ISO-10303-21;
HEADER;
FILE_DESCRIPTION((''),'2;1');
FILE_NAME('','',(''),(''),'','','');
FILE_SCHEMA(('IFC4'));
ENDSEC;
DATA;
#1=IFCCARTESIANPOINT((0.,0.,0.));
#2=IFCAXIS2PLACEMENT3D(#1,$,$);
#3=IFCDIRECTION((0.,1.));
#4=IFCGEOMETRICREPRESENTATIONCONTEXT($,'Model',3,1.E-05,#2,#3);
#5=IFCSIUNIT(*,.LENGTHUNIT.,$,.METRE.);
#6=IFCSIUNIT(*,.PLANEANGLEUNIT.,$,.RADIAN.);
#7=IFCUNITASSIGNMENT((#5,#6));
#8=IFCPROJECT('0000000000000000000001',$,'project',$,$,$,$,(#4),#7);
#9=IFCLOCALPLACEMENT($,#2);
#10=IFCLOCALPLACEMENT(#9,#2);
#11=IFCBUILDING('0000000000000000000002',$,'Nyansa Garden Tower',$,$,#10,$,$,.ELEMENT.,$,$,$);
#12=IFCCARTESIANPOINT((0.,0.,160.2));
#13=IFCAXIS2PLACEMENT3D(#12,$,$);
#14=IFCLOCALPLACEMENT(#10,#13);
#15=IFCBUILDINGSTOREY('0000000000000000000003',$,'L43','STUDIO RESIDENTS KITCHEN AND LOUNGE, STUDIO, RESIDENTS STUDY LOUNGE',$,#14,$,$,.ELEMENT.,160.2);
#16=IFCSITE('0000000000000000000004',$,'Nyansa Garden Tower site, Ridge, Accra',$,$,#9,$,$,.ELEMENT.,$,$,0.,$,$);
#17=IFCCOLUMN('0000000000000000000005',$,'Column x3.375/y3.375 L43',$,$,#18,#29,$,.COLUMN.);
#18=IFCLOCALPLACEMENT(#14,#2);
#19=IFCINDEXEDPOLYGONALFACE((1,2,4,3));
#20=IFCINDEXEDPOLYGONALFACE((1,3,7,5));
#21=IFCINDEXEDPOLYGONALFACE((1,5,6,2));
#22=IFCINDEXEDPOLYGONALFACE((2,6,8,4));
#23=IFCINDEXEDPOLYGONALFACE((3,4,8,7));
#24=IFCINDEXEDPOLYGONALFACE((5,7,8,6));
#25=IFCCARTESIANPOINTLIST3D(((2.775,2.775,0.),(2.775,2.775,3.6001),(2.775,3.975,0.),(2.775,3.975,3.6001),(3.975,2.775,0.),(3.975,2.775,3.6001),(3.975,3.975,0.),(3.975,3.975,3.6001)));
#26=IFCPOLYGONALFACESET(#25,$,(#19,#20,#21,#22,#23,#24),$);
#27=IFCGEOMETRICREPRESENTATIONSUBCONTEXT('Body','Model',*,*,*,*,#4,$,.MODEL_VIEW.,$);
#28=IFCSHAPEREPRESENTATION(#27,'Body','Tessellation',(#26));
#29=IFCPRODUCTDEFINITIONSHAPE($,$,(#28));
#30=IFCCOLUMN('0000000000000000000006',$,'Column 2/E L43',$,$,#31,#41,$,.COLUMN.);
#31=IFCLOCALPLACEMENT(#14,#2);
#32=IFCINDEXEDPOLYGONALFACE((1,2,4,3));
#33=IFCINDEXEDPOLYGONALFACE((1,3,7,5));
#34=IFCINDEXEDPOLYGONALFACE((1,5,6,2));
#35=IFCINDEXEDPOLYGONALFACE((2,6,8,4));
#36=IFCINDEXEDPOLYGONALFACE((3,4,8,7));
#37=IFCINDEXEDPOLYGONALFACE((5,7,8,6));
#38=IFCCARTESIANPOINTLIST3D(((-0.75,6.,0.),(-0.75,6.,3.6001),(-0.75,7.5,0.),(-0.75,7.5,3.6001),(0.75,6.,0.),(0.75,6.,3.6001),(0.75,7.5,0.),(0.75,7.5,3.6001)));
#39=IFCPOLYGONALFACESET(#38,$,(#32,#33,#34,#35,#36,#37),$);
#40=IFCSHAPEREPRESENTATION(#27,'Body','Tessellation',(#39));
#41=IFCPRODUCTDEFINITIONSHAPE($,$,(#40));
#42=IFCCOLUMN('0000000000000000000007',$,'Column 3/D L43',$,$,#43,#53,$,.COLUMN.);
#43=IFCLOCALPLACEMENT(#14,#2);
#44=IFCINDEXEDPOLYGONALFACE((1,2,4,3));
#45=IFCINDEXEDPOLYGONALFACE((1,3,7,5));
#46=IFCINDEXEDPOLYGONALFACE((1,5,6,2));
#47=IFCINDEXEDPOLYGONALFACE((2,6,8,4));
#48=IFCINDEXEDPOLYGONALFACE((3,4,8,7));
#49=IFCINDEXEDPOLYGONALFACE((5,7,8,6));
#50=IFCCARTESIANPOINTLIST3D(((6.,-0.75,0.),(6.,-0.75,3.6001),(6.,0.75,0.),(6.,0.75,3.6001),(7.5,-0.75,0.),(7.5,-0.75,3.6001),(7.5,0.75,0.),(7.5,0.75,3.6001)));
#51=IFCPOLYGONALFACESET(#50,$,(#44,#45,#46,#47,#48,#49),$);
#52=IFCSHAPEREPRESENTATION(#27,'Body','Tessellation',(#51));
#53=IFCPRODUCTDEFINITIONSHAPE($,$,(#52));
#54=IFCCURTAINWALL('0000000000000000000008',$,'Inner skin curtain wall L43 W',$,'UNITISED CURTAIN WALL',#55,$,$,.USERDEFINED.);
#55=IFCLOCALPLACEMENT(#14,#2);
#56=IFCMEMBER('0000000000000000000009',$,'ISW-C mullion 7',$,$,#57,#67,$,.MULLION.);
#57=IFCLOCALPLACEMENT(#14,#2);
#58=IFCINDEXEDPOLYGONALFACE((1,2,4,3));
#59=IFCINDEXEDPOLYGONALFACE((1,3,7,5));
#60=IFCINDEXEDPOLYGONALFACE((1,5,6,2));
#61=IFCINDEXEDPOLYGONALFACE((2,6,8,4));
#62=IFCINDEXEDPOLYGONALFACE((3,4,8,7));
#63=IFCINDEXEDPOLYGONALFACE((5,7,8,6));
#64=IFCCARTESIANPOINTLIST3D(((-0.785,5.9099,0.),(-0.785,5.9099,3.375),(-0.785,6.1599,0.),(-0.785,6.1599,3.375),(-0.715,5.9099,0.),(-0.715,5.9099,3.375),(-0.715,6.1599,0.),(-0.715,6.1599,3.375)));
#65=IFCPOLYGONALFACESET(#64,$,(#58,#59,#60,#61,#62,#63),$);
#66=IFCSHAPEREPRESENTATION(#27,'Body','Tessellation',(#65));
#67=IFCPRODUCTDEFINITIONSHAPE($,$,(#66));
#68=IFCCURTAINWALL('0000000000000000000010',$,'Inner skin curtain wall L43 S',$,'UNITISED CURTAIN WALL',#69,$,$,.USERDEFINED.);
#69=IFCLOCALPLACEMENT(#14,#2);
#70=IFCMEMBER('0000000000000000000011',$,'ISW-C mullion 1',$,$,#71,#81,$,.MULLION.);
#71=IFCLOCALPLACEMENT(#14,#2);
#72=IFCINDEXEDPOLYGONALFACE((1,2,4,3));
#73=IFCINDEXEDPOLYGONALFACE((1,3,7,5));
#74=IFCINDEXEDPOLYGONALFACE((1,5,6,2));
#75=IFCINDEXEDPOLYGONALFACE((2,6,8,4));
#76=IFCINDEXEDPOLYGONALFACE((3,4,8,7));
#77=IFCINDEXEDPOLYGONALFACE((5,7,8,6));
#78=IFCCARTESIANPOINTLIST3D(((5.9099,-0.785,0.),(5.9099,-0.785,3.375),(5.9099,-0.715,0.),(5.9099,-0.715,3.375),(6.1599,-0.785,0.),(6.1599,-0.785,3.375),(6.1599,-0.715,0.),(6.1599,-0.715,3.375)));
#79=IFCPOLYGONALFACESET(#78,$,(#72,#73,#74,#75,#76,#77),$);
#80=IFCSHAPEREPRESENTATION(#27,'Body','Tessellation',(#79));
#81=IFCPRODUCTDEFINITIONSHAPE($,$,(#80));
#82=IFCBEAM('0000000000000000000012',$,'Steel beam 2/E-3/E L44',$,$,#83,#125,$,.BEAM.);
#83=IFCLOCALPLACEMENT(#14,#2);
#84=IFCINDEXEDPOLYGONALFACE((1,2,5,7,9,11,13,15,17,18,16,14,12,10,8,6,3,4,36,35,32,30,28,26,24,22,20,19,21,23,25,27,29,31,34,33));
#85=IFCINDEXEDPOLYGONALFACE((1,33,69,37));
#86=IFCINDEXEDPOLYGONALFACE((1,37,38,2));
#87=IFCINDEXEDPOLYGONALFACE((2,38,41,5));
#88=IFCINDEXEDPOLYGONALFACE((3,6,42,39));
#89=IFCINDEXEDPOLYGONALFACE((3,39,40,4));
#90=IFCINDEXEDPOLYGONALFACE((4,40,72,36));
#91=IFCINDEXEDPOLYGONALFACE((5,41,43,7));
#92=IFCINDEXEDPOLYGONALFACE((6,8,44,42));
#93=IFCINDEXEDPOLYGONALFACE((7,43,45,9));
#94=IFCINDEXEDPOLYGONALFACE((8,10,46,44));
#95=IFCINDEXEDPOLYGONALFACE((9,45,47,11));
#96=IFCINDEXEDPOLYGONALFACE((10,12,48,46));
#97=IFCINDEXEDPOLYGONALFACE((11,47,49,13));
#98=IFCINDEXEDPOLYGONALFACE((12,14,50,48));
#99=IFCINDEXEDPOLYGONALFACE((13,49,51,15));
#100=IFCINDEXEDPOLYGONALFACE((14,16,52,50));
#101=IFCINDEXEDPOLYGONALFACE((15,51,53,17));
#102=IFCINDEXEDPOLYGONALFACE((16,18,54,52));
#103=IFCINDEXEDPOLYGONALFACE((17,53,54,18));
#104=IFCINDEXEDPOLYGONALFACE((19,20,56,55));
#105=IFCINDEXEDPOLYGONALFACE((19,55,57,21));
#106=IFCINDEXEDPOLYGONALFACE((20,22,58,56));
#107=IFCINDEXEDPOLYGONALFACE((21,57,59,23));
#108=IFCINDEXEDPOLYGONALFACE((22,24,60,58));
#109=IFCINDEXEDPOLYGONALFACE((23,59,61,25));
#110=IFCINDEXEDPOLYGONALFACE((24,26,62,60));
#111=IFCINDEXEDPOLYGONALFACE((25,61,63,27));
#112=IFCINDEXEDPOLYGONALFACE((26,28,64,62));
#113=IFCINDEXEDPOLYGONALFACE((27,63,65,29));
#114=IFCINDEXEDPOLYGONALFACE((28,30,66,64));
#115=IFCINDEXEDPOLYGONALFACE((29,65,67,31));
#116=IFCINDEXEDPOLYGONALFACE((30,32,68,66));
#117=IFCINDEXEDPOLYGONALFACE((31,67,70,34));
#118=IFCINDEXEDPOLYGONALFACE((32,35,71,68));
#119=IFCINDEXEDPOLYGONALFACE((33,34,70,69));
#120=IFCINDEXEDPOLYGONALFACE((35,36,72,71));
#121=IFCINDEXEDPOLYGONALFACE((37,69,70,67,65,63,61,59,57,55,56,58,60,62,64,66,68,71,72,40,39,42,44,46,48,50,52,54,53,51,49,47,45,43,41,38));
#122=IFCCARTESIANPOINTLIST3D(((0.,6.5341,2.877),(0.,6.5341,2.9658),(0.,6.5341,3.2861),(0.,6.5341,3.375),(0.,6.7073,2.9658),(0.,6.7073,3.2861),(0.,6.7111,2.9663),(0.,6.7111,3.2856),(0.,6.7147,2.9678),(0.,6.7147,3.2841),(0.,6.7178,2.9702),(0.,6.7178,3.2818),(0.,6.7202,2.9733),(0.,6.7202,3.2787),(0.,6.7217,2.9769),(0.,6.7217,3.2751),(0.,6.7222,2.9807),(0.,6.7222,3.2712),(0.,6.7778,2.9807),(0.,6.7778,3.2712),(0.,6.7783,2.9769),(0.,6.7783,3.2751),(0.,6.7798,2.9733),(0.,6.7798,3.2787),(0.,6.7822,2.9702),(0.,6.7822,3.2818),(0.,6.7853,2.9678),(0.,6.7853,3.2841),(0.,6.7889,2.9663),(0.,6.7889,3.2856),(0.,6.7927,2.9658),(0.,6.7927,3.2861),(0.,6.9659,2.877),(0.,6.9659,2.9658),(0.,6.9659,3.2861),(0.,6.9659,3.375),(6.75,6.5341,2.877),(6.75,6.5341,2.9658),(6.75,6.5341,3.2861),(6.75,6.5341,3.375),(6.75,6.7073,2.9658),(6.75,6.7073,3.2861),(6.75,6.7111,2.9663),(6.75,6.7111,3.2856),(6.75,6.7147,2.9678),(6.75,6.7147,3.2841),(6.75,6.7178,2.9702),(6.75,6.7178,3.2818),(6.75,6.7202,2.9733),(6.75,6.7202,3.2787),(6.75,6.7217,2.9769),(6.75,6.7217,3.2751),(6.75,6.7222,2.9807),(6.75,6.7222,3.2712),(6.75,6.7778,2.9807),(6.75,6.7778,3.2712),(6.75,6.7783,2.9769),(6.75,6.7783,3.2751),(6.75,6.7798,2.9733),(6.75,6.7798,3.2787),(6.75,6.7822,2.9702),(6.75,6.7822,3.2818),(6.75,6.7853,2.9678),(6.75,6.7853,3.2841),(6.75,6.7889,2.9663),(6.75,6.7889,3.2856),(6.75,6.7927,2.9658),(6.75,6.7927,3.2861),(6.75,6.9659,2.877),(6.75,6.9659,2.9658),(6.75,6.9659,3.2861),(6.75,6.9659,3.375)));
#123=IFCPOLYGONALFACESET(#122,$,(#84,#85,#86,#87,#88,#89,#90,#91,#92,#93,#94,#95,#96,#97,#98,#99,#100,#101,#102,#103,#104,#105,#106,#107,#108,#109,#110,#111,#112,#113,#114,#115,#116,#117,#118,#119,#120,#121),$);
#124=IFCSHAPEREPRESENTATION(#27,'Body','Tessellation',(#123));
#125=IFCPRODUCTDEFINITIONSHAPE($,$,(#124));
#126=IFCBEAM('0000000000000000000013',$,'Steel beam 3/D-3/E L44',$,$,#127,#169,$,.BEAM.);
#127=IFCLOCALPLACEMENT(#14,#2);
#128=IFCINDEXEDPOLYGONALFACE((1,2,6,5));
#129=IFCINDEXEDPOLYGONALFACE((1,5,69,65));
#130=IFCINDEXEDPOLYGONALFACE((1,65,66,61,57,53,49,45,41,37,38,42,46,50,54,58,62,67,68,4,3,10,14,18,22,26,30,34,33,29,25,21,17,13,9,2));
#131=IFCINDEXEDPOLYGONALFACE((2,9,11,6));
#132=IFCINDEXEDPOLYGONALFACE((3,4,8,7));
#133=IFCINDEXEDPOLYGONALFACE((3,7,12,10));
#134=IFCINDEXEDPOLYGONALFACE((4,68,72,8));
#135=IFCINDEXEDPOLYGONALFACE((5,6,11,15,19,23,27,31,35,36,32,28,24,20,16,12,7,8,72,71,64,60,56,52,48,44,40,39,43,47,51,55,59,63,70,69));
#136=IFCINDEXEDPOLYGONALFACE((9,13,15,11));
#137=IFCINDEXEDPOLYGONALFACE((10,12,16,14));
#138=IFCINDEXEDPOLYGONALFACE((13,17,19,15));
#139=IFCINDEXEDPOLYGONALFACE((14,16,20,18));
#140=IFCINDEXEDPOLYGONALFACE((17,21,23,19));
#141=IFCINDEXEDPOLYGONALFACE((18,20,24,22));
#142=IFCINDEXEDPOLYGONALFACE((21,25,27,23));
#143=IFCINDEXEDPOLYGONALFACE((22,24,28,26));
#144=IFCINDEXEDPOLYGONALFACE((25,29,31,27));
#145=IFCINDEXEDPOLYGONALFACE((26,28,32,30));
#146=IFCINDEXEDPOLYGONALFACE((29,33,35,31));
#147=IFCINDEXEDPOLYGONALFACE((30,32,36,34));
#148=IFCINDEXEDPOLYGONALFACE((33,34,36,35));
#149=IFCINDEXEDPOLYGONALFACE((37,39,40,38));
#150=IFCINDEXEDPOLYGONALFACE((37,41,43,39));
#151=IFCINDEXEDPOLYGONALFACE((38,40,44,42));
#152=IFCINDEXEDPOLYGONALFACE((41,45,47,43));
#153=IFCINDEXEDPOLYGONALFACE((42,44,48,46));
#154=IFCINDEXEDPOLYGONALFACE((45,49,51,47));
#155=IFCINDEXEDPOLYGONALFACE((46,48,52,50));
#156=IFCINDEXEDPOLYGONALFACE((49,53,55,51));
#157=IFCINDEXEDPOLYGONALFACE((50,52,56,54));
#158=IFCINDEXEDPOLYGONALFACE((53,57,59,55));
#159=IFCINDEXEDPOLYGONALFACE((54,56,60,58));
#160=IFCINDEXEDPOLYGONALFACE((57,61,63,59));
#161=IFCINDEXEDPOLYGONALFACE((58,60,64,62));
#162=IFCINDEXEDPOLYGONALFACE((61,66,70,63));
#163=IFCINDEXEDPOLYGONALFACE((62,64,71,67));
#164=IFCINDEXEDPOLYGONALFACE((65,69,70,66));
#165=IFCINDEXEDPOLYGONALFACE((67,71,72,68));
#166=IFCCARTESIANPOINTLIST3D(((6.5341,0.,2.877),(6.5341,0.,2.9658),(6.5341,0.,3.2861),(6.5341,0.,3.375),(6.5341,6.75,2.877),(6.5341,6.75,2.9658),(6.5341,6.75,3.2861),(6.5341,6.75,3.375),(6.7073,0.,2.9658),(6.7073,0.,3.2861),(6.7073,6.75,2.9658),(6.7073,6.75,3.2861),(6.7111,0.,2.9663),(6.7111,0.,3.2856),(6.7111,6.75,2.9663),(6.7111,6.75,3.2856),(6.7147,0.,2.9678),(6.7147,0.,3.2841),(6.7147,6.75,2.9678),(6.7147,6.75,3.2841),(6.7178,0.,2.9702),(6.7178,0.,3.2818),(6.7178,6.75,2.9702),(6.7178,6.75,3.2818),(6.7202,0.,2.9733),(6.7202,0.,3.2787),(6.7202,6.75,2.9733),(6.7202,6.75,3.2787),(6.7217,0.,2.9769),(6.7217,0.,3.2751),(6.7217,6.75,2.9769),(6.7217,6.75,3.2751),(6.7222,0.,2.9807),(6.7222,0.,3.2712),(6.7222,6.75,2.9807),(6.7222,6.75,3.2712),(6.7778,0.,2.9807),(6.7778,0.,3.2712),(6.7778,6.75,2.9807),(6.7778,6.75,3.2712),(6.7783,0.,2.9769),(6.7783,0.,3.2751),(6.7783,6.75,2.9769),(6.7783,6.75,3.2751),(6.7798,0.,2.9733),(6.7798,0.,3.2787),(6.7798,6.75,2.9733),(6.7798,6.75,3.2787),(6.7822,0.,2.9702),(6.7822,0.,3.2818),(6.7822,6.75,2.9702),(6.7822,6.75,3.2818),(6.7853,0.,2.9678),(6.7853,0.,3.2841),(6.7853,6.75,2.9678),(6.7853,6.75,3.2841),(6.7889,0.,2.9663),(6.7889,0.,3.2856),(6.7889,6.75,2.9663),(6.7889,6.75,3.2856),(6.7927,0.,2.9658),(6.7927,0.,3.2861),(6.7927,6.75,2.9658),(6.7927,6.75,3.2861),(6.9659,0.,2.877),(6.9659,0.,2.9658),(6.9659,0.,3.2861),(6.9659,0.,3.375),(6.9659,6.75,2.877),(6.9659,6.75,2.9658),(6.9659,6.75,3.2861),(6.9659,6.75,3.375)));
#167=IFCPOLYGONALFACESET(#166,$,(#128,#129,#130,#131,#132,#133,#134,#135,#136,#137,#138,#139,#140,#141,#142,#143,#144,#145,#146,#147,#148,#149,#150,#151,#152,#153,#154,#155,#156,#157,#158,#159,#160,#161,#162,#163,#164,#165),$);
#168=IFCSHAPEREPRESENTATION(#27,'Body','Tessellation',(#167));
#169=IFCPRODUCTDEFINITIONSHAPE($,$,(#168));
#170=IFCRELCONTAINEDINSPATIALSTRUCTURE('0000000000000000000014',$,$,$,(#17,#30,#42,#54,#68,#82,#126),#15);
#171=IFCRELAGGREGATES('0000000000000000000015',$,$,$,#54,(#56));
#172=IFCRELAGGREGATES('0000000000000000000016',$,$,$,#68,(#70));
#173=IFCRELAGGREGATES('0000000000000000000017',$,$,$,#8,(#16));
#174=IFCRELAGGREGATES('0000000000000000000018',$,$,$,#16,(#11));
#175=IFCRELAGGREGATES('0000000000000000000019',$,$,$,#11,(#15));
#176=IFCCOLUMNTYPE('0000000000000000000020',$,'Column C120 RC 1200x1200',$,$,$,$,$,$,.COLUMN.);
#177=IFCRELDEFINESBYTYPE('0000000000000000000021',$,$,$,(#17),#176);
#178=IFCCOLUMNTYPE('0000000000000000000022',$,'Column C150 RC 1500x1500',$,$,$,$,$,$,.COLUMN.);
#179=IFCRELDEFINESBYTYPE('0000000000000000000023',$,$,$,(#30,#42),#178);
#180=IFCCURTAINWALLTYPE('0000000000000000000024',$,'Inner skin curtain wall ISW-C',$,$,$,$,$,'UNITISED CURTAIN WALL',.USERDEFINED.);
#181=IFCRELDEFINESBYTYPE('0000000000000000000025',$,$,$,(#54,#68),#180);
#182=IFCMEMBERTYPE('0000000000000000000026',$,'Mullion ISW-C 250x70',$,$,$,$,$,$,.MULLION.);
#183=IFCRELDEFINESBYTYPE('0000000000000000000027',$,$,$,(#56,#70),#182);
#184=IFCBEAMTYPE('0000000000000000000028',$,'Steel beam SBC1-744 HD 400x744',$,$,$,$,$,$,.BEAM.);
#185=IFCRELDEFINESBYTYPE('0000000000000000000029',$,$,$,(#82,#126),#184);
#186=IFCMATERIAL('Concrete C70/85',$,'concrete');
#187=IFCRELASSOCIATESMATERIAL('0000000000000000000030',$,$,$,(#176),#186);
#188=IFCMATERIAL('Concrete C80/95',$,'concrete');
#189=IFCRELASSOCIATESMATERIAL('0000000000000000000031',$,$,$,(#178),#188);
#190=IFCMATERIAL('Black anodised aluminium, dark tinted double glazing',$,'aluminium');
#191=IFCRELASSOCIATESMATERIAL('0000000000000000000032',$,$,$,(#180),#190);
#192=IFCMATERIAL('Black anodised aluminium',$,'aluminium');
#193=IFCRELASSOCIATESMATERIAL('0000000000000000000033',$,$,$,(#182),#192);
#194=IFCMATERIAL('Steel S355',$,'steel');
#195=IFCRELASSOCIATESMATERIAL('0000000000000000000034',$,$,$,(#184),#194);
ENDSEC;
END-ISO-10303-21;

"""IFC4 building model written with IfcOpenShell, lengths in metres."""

from ifc_helpers import new_model, si_unit, direction, frame, origin, origin_2d, place, context, subcontext, project, spatial, rectangle, i_section, extrude, material, material_profile, profile_set, type_object, element, aggregate, save


model = new_model("IFC4")

# Units and contexts
model_context = context("Model", 3, precision=1e-05, world=origin(), true_north=direction((0.0, 1.0)))
body_context = subcontext(model_context, "Body", "Model", "MODEL_VIEW")
ifc_project = project(units=[si_unit("LENGTHUNIT", "METRE"), si_unit("PLANEANGLEUNIT", "RADIAN")], contexts=[model_context])

# Site, building, storey
site_placement = place(None, origin())
site = spatial("IfcSite", under=ifc_project, at=site_placement, Name="Nyansa Garden Tower site, Ridge, Accra", CompositionType="ELEMENT", RefElevation=0.0)
building_placement = place(site_placement, origin())
building = spatial("IfcBuilding", under=site, at=building_placement, Name="Nyansa Garden Tower", CompositionType="ELEMENT")
storey_placement = place(building_placement, frame((0.0, 0.0, 160.2)))
storey = spatial("IfcBuildingStorey", under=building, at=storey_placement, Name="L43", Description="STUDIO RESIDENTS KITCHEN AND LOUNGE, STUDIO, RESIDENTS STUDY LOUNGE", CompositionType="ELEMENT", Elevation=160.2)

# Columns
ifc_material_1 = material(Name="Concrete C70/85", Category="concrete")
ifc_material_profile_1 = material_profile(ifc_material_1, rectangle(XDim=1.2, YDim=1.2, at=origin_2d()), Name="RC 1200x1200")
ifc_profile_set_1 = profile_set([ifc_material_profile_1], Name="Concrete C70/85")
column_type_1 = type_object("IfcColumnType", Name="Column C120 RC 1200x1200", PredefinedType="COLUMN", material=ifc_profile_set_1)
column_placement = place(storey_placement, frame((3.375, 3.375, 0.0), z_axis=(0.0, 0.0, 1.0), x_axis=(1.0, 0.0, 0.0)))
element("IfcColumn", 1, at=column_placement, inside=storey, type_object=column_type_1, Name="Column x3.375/y3.375 L43", PredefinedType="COLUMN", context=body_context, shape_type="SweptSolid", body=[
    extrude(rectangle(XDim=1.2, YDim=1.2, at=origin_2d()), origin(), (0.0, 0.0, 1.0), 3.6001),
])
ifc_material_2 = material(Name="Concrete C80/95", Category="concrete")
ifc_material_profile_2 = material_profile(ifc_material_2, rectangle(XDim=1.5, YDim=1.5, at=origin_2d()), Name="RC 1500x1500")
ifc_profile_set_2 = profile_set([ifc_material_profile_2], Name="Concrete C80/95")
column_type_2 = type_object("IfcColumnType", Name="Column C150 RC 1500x1500", PredefinedType="COLUMN", material=ifc_profile_set_2)
for number, where, z_axis, x_axis, name in (
    (2, (0.0, 6.75, 0.0), (0.0, 0.0, 1.0), (1.0, 0.0, 0.0), "Column 2/E L43"),
    (3, (6.75, 0.0, 0.0), (0.0, 0.0, 1.0), (1.0, 0.0, 0.0), "Column 3/D L43"),
):
    element("IfcColumn", number, at=place(storey_placement, frame(where, z_axis=z_axis, x_axis=x_axis)), inside=storey, type_object=column_type_2, Name=name, PredefinedType="COLUMN", context=body_context, shape_type="SweptSolid", body=[
        extrude(rectangle(XDim=1.5, YDim=1.5, at=origin_2d()), origin(), (0.0, 0.0, 1.0), 3.6001),
    ])

# Curtain walls, members
ifc_material_3 = material(Name="Black anodised aluminium, dark tinted double glazing", Category="aluminium")
curtain_wall_type = type_object("IfcCurtainWallType", Name="Inner skin curtain wall ISW-C", ElementType="UNITISED CURTAIN WALL", PredefinedType="USERDEFINED", material=ifc_material_3)
curtain_wall_1_placement = place(storey_placement, origin())
curtain_wall_1 = element("IfcCurtainWall", 4, at=curtain_wall_1_placement, inside=storey, type_object=curtain_wall_type, Name="Inner skin curtain wall L43 W", ObjectType="UNITISED CURTAIN WALL", PredefinedType="USERDEFINED")
ifc_material_4 = material(Name="Black anodised aluminium", Category="aluminium")
ifc_material_profile_3 = material_profile(ifc_material_4, rectangle(XDim=0.0701, YDim=0.25, at=origin_2d()), Name="Mullion 250x70")
ifc_profile_set_3 = profile_set([ifc_material_profile_3], Name="Black anodised aluminium")
member_type_1 = type_object("IfcMemberType", Name="Mullion ISW-C 250x70", PredefinedType="MULLION", material=ifc_profile_set_3)
member_1_placement = place(storey_placement, frame((-0.75, 6.0349, 0.0), z_axis=(0.0, 0.0, 1.0), x_axis=(1.0, 0.0, 0.0)))
member_1 = element("IfcMember", 5, at=member_1_placement, type_object=member_type_1, Name="ISW-C mullion 7", PredefinedType="MULLION", context=body_context, shape_type="SweptSolid", body=[
    extrude(rectangle(XDim=0.0701, YDim=0.25, at=origin_2d()), origin(), (0.0, 0.0, 1.0), 3.375),
])
aggregate(curtain_wall_1, [member_1])
curtain_wall_2_placement = place(storey_placement, origin())
curtain_wall_2 = element("IfcCurtainWall", 6, at=curtain_wall_2_placement, inside=storey, type_object=curtain_wall_type, Name="Inner skin curtain wall L43 S", ObjectType="UNITISED CURTAIN WALL", PredefinedType="USERDEFINED")
member_2_placement = place(storey_placement, frame((6.0349, -0.75, 0.0), z_axis=(0.0, 0.0, 1.0), x_axis=(0.0, 1.0, 0.0)))
member_2 = element("IfcMember", 7, at=member_2_placement, type_object=member_type_1, Name="ISW-C mullion 1", PredefinedType="MULLION", context=body_context, shape_type="SweptSolid", body=[
    extrude(rectangle(XDim=0.0701, YDim=0.25, at=origin_2d()), origin(), (0.0, 0.0, 1.0), 3.375),
])

# Beams
ifc_material_5 = material(Name="Steel S355", Category="steel")
ifc_material_profile_4 = material_profile(ifc_material_5, i_section(OverallWidth=0.4319, OverallDepth=0.498, WebThickness=0.0557, FlangeThickness=0.0889, FilletRadius=0.0149, at=origin_2d()), Name="HD 400x744")
ifc_profile_set_4 = profile_set([ifc_material_profile_4], Name="Steel S355")
beam_type_1 = type_object("IfcBeamType", Name="Steel beam SBC1-744 HD 400x744", PredefinedType="BEAM", material=ifc_profile_set_4)
for number, where, z_axis, x_axis, name in (
    (8, (0.0, 6.75, 3.126), (1.0, 0.0, 0.0), (0.0, 1.0, 0.0), "Steel beam 2/E-3/E L44"),
    (9, (6.75, 0.0, 3.126), (0.0, 1.0, 0.0), (-1.0, 0.0, 0.0), "Steel beam 3/D-3/E L44"),
):
    element("IfcBeam", number, at=place(storey_placement, frame(where, z_axis=z_axis, x_axis=x_axis)), inside=storey, type_object=beam_type_1, Name=name, PredefinedType="BEAM", context=body_context, shape_type="SweptSolid", body=[
        extrude(i_section(OverallWidth=0.4319, OverallDepth=0.498, WebThickness=0.0557, FlangeThickness=0.0889, FilletRadius=0.0149, at=origin_2d()), origin(), (0.0, 0.0, 1.0), 6.75),
    ])

aggregate(curtain_wall_2, [member_2])

save(model, "model.ifc")
